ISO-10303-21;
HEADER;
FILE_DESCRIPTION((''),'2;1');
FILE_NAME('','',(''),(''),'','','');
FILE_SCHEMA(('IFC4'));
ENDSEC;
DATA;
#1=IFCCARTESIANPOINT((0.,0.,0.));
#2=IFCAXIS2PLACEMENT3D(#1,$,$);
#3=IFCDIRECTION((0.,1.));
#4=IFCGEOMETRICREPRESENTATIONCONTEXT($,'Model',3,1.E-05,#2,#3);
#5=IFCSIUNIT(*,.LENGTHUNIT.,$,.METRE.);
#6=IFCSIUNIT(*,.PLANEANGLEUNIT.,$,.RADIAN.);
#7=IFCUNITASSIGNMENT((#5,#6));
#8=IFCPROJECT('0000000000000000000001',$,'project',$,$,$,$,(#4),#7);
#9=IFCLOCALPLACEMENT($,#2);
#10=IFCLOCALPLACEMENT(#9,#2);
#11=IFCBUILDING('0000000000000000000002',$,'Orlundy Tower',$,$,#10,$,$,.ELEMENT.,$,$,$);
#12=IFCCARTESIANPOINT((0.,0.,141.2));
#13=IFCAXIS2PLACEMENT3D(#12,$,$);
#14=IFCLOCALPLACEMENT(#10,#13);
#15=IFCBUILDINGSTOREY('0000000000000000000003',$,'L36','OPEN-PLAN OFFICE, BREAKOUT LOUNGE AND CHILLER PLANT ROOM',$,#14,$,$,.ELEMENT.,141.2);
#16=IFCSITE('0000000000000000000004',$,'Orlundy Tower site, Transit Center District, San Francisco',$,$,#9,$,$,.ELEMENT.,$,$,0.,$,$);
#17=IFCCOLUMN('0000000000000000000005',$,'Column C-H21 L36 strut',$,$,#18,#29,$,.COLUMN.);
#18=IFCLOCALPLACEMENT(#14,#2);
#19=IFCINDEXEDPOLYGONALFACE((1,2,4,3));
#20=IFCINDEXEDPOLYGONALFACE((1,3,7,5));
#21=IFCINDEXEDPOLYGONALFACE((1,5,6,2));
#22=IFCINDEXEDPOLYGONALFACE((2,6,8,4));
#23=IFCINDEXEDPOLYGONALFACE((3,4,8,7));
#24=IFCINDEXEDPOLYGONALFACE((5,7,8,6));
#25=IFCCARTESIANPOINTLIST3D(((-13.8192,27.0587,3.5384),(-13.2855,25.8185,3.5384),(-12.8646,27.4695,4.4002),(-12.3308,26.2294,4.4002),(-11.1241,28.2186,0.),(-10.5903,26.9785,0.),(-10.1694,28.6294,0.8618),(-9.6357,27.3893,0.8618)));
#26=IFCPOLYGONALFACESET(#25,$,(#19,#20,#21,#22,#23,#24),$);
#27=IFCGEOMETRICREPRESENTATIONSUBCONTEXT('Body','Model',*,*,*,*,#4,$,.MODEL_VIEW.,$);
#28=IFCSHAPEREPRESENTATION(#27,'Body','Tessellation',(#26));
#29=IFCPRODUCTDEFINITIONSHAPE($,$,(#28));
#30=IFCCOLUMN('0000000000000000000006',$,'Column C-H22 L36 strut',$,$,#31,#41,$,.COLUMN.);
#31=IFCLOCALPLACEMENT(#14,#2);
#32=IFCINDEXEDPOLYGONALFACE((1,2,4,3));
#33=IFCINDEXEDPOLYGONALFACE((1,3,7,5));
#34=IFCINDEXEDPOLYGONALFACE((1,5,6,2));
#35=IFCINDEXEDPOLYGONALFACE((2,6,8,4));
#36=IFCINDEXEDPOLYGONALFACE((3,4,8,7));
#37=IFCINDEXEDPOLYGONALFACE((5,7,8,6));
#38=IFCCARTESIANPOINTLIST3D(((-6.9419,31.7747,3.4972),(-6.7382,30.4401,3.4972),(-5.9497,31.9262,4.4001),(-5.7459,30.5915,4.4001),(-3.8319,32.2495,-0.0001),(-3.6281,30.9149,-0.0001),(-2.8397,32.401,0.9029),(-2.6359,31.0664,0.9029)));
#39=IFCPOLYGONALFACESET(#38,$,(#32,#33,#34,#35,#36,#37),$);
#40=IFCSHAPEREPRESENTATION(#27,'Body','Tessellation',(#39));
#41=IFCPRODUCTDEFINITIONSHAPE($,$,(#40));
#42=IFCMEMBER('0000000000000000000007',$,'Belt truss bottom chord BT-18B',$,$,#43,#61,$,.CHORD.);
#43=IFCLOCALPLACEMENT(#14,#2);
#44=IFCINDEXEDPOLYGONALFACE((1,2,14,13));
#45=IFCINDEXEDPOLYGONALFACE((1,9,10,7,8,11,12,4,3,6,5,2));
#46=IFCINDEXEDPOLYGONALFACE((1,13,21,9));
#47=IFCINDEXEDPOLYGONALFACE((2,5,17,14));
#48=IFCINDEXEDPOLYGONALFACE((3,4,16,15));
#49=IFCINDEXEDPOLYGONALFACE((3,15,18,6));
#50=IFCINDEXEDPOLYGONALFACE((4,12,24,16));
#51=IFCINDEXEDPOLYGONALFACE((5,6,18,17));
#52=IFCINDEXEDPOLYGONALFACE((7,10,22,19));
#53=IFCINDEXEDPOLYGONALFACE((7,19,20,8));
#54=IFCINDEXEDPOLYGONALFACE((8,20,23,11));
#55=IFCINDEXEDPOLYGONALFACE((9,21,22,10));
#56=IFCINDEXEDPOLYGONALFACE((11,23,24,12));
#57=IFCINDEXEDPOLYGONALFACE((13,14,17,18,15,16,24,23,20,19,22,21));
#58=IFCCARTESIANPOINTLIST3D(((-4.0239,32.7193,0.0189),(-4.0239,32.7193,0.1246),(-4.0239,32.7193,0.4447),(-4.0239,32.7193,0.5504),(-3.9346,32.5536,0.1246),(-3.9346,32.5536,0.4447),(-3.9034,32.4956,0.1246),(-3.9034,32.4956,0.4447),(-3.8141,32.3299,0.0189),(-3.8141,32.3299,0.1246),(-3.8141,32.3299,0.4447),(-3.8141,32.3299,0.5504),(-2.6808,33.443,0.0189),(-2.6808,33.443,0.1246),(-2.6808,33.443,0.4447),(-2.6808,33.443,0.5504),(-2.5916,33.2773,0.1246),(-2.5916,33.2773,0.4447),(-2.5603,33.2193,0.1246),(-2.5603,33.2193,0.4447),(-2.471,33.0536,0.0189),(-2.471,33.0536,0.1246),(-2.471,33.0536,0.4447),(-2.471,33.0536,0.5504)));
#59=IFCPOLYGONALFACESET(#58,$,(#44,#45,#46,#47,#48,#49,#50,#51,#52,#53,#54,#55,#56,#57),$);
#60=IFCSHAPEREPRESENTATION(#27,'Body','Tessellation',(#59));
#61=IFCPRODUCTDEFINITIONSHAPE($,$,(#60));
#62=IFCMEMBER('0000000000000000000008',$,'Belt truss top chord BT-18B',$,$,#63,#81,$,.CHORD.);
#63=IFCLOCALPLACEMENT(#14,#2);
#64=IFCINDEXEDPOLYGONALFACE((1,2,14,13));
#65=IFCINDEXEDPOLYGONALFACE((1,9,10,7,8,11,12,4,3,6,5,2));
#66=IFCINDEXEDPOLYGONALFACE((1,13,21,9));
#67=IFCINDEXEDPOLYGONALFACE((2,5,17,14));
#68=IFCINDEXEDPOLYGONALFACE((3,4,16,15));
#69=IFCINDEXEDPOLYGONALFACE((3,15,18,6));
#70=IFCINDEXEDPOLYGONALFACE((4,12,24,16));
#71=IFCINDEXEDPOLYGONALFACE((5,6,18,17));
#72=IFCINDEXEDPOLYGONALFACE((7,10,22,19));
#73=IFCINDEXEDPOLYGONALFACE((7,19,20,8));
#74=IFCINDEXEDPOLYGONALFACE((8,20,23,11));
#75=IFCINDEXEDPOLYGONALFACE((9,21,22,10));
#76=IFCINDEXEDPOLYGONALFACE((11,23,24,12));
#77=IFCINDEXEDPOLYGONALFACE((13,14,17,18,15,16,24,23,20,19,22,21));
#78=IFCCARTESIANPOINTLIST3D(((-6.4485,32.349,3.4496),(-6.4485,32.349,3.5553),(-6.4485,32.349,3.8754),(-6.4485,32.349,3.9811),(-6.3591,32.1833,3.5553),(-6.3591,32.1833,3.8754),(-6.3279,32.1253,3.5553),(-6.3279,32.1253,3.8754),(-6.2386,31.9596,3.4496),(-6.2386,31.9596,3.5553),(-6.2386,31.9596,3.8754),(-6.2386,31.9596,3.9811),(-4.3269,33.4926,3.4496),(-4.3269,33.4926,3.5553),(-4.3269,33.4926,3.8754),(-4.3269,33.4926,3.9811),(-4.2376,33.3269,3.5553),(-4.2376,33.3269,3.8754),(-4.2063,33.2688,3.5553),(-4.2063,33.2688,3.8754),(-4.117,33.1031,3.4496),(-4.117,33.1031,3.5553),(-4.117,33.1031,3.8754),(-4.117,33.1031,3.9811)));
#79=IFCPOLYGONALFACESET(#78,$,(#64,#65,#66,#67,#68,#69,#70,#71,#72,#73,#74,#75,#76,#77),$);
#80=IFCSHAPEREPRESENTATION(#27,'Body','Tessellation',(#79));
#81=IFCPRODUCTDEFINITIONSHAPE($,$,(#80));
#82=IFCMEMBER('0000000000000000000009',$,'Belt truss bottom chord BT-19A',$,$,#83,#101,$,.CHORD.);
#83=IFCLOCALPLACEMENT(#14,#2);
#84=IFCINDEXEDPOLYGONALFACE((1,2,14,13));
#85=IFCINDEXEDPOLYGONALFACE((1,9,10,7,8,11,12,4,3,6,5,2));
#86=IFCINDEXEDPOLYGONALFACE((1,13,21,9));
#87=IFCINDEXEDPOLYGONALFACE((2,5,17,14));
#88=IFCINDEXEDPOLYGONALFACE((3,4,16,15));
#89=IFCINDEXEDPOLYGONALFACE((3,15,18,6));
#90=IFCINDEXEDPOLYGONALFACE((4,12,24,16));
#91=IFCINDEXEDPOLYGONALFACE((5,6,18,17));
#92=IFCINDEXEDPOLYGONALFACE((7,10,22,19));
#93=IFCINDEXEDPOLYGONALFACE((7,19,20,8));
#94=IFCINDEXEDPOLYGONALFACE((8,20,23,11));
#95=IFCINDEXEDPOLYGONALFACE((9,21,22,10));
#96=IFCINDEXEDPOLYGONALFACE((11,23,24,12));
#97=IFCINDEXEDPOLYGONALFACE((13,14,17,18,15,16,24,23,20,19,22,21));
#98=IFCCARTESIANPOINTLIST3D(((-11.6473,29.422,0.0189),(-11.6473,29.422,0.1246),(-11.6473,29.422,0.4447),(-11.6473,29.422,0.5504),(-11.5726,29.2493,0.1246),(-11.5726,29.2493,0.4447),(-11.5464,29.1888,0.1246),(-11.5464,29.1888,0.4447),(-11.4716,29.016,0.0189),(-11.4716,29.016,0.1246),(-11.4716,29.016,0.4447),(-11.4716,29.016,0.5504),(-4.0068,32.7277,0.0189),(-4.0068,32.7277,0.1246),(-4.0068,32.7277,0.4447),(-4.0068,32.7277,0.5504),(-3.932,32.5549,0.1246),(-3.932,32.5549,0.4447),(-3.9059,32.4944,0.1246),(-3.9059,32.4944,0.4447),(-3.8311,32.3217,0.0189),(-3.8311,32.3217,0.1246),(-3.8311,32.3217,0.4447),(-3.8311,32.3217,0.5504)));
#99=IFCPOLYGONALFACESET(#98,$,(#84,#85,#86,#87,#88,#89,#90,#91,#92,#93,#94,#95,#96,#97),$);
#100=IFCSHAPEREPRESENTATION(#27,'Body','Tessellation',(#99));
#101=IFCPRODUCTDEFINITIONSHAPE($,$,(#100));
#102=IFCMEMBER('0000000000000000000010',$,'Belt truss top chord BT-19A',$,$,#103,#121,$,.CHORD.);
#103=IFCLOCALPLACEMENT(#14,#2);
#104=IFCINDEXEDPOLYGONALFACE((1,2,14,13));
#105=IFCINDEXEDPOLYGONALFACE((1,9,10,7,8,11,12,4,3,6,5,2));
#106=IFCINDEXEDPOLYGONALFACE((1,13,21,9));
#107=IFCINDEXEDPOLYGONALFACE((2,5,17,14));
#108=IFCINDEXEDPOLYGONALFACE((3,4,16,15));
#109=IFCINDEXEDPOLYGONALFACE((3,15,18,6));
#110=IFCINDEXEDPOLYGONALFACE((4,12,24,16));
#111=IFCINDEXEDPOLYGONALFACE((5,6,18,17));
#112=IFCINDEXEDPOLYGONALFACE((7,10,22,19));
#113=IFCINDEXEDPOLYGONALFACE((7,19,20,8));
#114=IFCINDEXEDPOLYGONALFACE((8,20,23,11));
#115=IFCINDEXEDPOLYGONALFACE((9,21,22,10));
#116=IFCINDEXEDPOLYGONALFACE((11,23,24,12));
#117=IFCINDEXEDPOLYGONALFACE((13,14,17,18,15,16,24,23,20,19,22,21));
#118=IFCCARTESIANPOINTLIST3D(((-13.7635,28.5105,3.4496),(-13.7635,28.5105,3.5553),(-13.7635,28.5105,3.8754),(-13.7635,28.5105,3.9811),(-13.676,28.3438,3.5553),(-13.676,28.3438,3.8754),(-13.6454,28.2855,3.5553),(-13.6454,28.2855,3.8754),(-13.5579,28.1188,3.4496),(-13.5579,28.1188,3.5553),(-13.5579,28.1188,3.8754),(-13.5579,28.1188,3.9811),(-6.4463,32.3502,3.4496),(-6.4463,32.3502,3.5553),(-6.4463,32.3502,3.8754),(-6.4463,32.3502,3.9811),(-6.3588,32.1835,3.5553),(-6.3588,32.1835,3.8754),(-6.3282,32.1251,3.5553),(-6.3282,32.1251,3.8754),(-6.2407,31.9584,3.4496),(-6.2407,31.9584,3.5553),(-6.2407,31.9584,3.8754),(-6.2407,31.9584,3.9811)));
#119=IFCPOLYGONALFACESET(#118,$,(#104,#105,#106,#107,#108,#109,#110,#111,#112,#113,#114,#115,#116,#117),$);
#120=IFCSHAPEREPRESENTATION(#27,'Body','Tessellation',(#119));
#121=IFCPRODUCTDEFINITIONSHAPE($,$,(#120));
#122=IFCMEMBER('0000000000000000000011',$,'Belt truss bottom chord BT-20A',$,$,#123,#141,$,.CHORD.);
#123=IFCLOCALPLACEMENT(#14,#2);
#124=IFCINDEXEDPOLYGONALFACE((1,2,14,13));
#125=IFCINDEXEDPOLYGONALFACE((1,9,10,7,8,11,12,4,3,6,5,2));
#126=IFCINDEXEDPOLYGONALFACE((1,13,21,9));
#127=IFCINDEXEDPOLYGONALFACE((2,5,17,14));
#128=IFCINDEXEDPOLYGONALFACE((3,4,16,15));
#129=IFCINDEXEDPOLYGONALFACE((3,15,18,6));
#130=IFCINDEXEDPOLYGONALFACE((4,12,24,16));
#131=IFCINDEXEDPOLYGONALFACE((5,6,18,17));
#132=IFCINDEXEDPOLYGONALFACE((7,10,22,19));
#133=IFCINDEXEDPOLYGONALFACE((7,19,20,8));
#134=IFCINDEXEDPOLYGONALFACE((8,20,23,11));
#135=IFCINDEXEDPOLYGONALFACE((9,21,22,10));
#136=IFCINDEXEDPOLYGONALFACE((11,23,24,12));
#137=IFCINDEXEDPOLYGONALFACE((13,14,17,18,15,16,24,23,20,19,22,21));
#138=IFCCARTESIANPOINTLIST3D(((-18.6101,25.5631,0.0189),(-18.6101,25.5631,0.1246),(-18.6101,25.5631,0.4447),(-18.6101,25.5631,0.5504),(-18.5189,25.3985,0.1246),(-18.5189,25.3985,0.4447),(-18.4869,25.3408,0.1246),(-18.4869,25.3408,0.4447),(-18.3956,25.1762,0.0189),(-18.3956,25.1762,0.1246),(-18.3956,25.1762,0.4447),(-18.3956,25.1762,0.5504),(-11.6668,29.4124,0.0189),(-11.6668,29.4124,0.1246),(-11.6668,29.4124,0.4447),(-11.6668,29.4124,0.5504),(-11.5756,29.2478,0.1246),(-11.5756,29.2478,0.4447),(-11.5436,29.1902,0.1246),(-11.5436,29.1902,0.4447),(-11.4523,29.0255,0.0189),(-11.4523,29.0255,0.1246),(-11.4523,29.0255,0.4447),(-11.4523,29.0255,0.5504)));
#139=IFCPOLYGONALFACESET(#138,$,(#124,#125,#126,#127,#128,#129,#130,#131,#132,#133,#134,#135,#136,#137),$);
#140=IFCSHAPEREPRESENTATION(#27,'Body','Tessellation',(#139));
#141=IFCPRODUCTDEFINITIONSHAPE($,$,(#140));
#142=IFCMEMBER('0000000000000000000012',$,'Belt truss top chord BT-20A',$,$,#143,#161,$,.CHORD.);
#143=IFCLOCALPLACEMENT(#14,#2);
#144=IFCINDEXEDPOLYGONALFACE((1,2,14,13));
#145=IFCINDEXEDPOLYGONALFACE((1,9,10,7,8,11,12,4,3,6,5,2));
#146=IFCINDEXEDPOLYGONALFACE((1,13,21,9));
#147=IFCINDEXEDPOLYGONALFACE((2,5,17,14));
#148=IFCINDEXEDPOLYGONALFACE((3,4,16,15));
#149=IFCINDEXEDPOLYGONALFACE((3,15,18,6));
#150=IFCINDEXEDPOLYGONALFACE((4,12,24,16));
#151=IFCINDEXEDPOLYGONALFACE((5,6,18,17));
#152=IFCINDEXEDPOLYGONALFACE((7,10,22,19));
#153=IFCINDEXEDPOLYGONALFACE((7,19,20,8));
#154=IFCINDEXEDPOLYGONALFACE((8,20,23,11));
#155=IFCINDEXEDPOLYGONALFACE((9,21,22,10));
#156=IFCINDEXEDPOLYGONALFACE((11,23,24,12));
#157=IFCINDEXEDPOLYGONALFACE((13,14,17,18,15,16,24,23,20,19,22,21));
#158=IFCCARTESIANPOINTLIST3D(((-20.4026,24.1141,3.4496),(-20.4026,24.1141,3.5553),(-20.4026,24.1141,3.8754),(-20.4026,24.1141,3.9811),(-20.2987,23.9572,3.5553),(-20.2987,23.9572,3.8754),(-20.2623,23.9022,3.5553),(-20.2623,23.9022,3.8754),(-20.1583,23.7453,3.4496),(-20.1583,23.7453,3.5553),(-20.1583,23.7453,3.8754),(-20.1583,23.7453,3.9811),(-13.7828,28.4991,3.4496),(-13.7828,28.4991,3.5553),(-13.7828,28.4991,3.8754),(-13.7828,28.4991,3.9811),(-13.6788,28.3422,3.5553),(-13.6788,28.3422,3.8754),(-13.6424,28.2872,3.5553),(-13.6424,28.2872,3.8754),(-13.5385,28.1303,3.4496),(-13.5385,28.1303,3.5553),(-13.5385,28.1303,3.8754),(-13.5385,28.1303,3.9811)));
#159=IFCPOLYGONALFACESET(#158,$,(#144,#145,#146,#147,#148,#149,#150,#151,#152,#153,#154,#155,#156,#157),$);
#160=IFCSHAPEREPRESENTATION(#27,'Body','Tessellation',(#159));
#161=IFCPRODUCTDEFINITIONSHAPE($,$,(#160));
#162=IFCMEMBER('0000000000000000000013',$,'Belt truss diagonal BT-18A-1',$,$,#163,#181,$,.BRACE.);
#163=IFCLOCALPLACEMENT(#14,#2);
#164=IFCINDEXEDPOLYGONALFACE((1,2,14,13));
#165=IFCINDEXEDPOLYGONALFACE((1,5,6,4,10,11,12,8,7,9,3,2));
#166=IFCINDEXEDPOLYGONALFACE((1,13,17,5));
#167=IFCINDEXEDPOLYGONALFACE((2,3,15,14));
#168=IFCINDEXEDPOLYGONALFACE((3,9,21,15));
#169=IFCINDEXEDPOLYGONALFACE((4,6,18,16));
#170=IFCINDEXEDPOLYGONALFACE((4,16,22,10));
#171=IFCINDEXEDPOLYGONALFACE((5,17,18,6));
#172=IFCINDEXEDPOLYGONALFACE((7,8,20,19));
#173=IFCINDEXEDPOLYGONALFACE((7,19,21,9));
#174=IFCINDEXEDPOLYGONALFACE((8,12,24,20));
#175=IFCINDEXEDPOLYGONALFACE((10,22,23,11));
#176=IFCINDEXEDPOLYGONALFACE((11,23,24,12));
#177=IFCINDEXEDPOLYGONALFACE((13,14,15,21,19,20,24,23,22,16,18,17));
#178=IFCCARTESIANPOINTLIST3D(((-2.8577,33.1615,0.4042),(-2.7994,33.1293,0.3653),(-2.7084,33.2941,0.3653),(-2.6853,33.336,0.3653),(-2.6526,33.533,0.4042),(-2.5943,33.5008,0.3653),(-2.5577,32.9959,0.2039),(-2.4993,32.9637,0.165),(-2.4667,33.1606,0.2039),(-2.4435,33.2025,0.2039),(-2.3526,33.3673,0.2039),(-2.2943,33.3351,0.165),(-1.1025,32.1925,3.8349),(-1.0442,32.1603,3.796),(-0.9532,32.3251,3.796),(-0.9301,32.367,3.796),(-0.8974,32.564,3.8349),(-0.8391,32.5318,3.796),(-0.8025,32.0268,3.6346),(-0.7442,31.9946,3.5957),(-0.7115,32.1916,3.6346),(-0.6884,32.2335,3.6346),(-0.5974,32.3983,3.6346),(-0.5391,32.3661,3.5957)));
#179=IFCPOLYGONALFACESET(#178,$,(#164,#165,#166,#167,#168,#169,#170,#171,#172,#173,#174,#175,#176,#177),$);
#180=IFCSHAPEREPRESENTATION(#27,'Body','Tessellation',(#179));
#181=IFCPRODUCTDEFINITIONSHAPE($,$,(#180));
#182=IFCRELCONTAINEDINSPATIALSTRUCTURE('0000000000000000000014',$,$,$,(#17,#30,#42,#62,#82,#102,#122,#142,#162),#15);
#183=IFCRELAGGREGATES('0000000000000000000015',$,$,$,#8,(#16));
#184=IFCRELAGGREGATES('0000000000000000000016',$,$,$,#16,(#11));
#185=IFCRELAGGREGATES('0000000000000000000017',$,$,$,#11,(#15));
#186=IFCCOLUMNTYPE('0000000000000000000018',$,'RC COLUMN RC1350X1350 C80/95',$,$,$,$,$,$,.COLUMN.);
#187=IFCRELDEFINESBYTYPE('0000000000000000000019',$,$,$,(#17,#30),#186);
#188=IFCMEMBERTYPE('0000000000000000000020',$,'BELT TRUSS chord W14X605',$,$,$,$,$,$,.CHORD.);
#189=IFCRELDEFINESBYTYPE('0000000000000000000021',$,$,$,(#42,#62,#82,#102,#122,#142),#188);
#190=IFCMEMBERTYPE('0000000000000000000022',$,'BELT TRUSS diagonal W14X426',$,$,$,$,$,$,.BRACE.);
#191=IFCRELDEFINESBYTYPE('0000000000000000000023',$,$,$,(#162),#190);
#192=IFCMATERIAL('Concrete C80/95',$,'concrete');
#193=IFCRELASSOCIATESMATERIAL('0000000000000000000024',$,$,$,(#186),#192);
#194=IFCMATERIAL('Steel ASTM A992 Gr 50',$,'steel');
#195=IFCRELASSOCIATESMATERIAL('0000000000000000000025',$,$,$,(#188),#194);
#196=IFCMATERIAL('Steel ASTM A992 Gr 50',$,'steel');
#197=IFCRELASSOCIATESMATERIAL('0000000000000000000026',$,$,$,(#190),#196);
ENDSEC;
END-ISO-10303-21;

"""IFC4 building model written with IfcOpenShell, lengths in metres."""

from ifc_helpers import new_model, si_unit, direction, frame, origin, origin_2d, place, context, subcontext, project, spatial, rectangle, i_section, extrude, material, material_profile, profile_set, type_object, element, save


model = new_model("IFC4")

# Units and contexts
model_context = context("Model", 3, precision=1e-05, world=origin(), true_north=direction((0.0, 1.0)))
body_context = subcontext(model_context, "Body", "Model", "MODEL_VIEW")
ifc_project = project(units=[si_unit("LENGTHUNIT", "METRE"), si_unit("PLANEANGLEUNIT", "RADIAN")], contexts=[model_context])

# Site, building, storey
site_placement = place(None, origin())
site = spatial("IfcSite", under=ifc_project, at=site_placement, Name="Orlundy Tower site, Transit Center District, San Francisco", CompositionType="ELEMENT", RefElevation=0.0)
building_placement = place(site_placement, origin())
building = spatial("IfcBuilding", under=site, at=building_placement, Name="Orlundy Tower", CompositionType="ELEMENT")
storey_placement = place(building_placement, frame((0.0, 0.0, 141.2)))
storey = spatial("IfcBuildingStorey", under=building, at=storey_placement, Name="L36", Description="OPEN-PLAN OFFICE, BREAKOUT LOUNGE AND CHILLER PLANT ROOM", CompositionType="ELEMENT", Elevation=141.2)

# Columns
ifc_material_1 = material(Name="Concrete C80/95", Category="concrete")
ifc_material_profile_1 = material_profile(ifc_material_1, rectangle(XDim=1.3501, YDim=1.3501, at=origin_2d()), Name="RC1350X1350")
ifc_profile_set_1 = profile_set([ifc_material_profile_1], Name="Concrete C80/95")
column_type = type_object("IfcColumnType", Name="RC COLUMN RC1350X1350 C80/95", PredefinedType="COLUMN", material=ifc_profile_set_1)
column_1_placement = place(storey_placement, frame((-10.3799, 27.804, 0.4309), z_axis=(-0.58632, -0.252342, 0.769774), x_axis=(0.395325, -0.918541, 0.0)))
element("IfcColumn", 1, at=column_1_placement, inside=storey, type_object=column_type, Name="Column C-H21 L36 strut", PredefinedType="COLUMN", context=body_context, shape_type="SweptSolid", body=[
    extrude(rectangle(XDim=1.3501, YDim=1.3501, at=origin_2d()), origin(), (0.0, 0.0, 1.0), 4.5967),
])
column_2_placement = place(storey_placement, frame((-3.2339, 31.658, 0.4514), z_axis=(-0.661135, -0.100943, 0.743446), x_axis=(0.150932, -0.988544, 0.0)))
element("IfcColumn", 2, at=column_2_placement, inside=storey, type_object=column_type, Name="Column C-H22 L36 strut", PredefinedType="COLUMN", context=body_context, shape_type="SweptSolid", body=[
    extrude(rectangle(XDim=1.3501, YDim=1.3501, at=origin_2d()), origin(), (0.0, 0.0, 1.0), 4.7041),
])

# Members
ifc_material_2 = material(Name="Steel ASTM A992 Gr 50", Category="steel")
ifc_material_profile_2 = material_profile(ifc_material_2, i_section(OverallWidth=0.4424, OverallDepth=0.5315, WebThickness=0.0659, FlangeThickness=0.1057, at=origin_2d()), Name="W14X605")
ifc_profile_set_2 = profile_set([ifc_material_profile_2], Name="Steel ASTM A992 Gr 50")
member_type_1 = type_object("IfcMemberType", Name="BELT TRUSS chord W14X605", PredefinedType="CHORD", material=ifc_profile_set_2)
member_1_placement = place(storey_placement, frame((-2.5759, 33.2483, 0.2847), z_axis=(-0.880343, -0.474338, 0.0), x_axis=(0.474338, -0.880343, 0.0)))
element("IfcMember", 3, at=member_1_placement, inside=storey, type_object=member_type_1, Name="Belt truss bottom chord BT-18B", PredefinedType="CHORD", context=body_context, shape_type="SweptSolid", body=[
    extrude(i_section(OverallWidth=0.4424, OverallDepth=0.5315, WebThickness=0.0659, FlangeThickness=0.1057, at=origin_2d()), origin(), (0.0, 0.0, 1.0), 1.5256),
])
member_2_placement = place(storey_placement, frame((-4.2219, 33.2979, 3.7153), z_axis=(-0.880269, -0.474474, 0.0), x_axis=(0.474474, -0.880269, 0.0)))
element("IfcMember", 4, at=member_2_placement, inside=storey, type_object=member_type_1, Name="Belt truss top chord BT-18B", PredefinedType="CHORD", context=body_context, shape_type="SweptSolid", body=[
    extrude(i_section(OverallWidth=0.4424, OverallDepth=0.5315, WebThickness=0.0659, FlangeThickness=0.1057, at=origin_2d()), origin(), (0.0, 0.0, 1.0), 2.4102),
])
member_3_placement = place(storey_placement, frame((-3.9189, 32.5247, 0.2847), z_axis=(-0.917787, -0.397074, 0.0), x_axis=(0.397074, -0.917787, 0.0)))
element("IfcMember", 5, at=member_3_placement, inside=storey, type_object=member_type_1, Name="Belt truss bottom chord BT-19A", PredefinedType="CHORD", context=body_context, shape_type="SweptSolid", body=[
    extrude(i_section(OverallWidth=0.4424, OverallDepth=0.5315, WebThickness=0.0659, FlangeThickness=0.1057, at=origin_2d()), origin(), (0.0, 0.0, 1.0), 8.325),
])
member_4_placement = place(storey_placement, frame((-6.3435, 32.1543, 3.7153), z_axis=(-0.885492, -0.464654, 0.0), x_axis=(0.464654, -0.885492, 0.0)))
element("IfcMember", 6, at=member_4_placement, inside=storey, type_object=member_type_1, Name="Belt truss top chord BT-19A", PredefinedType="CHORD", context=body_context, shape_type="SweptSolid", body=[
    extrude(i_section(OverallWidth=0.4424, OverallDepth=0.5315, WebThickness=0.0659, FlangeThickness=0.1057, at=origin_2d()), origin(), (0.0, 0.0, 1.0), 8.2634),
])
member_5_placement = place(storey_placement, frame((-11.5596, 29.219, 0.2847), z_axis=(-0.874588, -0.484867, 0.0), x_axis=(0.484867, -0.874588, 0.0)))
element("IfcMember", 7, at=member_5_placement, inside=storey, type_object=member_type_1, Name="Belt truss bottom chord BT-20A", PredefinedType="CHORD", context=body_context, shape_type="SweptSolid", body=[
    extrude(i_section(OverallWidth=0.4424, OverallDepth=0.5315, WebThickness=0.0659, FlangeThickness=0.1057, at=origin_2d()), origin(), (0.0, 0.0, 1.0), 7.939),
])
member_6_placement = place(storey_placement, frame((-13.6606, 28.3147, 3.7153), z_axis=(-0.833688, -0.552236, 0.0), x_axis=(0.552236, -0.833688, 0.0)))
element("IfcMember", 8, at=member_6_placement, inside=storey, type_object=member_type_1, Name="Belt truss top chord BT-20A", PredefinedType="CHORD", context=body_context, shape_type="SweptSolid", body=[
    extrude(i_section(OverallWidth=0.4424, OverallDepth=0.5315, WebThickness=0.0659, FlangeThickness=0.1057, at=origin_2d()), origin(), (0.0, 0.0, 1.0), 7.9404),
])
ifc_material_3 = material(Name="Steel ASTM A992 Gr 50", Category="steel")
ifc_material_profile_3 = material_profile(ifc_material_3, i_section(OverallWidth=0.4243, OverallDepth=0.4741, WebThickness=0.0479, FlangeThickness=0.0771, at=origin_2d()), Name="W14X426")
ifc_profile_set_3 = profile_set([ifc_material_profile_3], Name="Steel ASTM A992 Gr 50")
member_type_2 = type_object("IfcMemberType", Name="BELT TRUSS diagonal W14X426", PredefinedType="BRACE", material=ifc_profile_set_3)
member_7_placement = place(storey_placement, frame((-0.8208, 32.2793, 3.7153), z_axis=(-0.441706, 0.243863, -0.863381), x_axis=(-0.483325, -0.875441, 0.0)))
element("IfcMember", 9, at=member_7_placement, inside=storey, type_object=member_type_2, Name="Belt truss diagonal BT-18A-1", PredefinedType="BRACE", context=body_context, shape_type="SweptSolid", body=[
    extrude(i_section(OverallWidth=0.4243, OverallDepth=0.4741, WebThickness=0.0479, FlangeThickness=0.0771, at=origin_2d()), origin(), (0.0, 0.0, 1.0), 3.9736),
])

save(model, "model.ifc")
